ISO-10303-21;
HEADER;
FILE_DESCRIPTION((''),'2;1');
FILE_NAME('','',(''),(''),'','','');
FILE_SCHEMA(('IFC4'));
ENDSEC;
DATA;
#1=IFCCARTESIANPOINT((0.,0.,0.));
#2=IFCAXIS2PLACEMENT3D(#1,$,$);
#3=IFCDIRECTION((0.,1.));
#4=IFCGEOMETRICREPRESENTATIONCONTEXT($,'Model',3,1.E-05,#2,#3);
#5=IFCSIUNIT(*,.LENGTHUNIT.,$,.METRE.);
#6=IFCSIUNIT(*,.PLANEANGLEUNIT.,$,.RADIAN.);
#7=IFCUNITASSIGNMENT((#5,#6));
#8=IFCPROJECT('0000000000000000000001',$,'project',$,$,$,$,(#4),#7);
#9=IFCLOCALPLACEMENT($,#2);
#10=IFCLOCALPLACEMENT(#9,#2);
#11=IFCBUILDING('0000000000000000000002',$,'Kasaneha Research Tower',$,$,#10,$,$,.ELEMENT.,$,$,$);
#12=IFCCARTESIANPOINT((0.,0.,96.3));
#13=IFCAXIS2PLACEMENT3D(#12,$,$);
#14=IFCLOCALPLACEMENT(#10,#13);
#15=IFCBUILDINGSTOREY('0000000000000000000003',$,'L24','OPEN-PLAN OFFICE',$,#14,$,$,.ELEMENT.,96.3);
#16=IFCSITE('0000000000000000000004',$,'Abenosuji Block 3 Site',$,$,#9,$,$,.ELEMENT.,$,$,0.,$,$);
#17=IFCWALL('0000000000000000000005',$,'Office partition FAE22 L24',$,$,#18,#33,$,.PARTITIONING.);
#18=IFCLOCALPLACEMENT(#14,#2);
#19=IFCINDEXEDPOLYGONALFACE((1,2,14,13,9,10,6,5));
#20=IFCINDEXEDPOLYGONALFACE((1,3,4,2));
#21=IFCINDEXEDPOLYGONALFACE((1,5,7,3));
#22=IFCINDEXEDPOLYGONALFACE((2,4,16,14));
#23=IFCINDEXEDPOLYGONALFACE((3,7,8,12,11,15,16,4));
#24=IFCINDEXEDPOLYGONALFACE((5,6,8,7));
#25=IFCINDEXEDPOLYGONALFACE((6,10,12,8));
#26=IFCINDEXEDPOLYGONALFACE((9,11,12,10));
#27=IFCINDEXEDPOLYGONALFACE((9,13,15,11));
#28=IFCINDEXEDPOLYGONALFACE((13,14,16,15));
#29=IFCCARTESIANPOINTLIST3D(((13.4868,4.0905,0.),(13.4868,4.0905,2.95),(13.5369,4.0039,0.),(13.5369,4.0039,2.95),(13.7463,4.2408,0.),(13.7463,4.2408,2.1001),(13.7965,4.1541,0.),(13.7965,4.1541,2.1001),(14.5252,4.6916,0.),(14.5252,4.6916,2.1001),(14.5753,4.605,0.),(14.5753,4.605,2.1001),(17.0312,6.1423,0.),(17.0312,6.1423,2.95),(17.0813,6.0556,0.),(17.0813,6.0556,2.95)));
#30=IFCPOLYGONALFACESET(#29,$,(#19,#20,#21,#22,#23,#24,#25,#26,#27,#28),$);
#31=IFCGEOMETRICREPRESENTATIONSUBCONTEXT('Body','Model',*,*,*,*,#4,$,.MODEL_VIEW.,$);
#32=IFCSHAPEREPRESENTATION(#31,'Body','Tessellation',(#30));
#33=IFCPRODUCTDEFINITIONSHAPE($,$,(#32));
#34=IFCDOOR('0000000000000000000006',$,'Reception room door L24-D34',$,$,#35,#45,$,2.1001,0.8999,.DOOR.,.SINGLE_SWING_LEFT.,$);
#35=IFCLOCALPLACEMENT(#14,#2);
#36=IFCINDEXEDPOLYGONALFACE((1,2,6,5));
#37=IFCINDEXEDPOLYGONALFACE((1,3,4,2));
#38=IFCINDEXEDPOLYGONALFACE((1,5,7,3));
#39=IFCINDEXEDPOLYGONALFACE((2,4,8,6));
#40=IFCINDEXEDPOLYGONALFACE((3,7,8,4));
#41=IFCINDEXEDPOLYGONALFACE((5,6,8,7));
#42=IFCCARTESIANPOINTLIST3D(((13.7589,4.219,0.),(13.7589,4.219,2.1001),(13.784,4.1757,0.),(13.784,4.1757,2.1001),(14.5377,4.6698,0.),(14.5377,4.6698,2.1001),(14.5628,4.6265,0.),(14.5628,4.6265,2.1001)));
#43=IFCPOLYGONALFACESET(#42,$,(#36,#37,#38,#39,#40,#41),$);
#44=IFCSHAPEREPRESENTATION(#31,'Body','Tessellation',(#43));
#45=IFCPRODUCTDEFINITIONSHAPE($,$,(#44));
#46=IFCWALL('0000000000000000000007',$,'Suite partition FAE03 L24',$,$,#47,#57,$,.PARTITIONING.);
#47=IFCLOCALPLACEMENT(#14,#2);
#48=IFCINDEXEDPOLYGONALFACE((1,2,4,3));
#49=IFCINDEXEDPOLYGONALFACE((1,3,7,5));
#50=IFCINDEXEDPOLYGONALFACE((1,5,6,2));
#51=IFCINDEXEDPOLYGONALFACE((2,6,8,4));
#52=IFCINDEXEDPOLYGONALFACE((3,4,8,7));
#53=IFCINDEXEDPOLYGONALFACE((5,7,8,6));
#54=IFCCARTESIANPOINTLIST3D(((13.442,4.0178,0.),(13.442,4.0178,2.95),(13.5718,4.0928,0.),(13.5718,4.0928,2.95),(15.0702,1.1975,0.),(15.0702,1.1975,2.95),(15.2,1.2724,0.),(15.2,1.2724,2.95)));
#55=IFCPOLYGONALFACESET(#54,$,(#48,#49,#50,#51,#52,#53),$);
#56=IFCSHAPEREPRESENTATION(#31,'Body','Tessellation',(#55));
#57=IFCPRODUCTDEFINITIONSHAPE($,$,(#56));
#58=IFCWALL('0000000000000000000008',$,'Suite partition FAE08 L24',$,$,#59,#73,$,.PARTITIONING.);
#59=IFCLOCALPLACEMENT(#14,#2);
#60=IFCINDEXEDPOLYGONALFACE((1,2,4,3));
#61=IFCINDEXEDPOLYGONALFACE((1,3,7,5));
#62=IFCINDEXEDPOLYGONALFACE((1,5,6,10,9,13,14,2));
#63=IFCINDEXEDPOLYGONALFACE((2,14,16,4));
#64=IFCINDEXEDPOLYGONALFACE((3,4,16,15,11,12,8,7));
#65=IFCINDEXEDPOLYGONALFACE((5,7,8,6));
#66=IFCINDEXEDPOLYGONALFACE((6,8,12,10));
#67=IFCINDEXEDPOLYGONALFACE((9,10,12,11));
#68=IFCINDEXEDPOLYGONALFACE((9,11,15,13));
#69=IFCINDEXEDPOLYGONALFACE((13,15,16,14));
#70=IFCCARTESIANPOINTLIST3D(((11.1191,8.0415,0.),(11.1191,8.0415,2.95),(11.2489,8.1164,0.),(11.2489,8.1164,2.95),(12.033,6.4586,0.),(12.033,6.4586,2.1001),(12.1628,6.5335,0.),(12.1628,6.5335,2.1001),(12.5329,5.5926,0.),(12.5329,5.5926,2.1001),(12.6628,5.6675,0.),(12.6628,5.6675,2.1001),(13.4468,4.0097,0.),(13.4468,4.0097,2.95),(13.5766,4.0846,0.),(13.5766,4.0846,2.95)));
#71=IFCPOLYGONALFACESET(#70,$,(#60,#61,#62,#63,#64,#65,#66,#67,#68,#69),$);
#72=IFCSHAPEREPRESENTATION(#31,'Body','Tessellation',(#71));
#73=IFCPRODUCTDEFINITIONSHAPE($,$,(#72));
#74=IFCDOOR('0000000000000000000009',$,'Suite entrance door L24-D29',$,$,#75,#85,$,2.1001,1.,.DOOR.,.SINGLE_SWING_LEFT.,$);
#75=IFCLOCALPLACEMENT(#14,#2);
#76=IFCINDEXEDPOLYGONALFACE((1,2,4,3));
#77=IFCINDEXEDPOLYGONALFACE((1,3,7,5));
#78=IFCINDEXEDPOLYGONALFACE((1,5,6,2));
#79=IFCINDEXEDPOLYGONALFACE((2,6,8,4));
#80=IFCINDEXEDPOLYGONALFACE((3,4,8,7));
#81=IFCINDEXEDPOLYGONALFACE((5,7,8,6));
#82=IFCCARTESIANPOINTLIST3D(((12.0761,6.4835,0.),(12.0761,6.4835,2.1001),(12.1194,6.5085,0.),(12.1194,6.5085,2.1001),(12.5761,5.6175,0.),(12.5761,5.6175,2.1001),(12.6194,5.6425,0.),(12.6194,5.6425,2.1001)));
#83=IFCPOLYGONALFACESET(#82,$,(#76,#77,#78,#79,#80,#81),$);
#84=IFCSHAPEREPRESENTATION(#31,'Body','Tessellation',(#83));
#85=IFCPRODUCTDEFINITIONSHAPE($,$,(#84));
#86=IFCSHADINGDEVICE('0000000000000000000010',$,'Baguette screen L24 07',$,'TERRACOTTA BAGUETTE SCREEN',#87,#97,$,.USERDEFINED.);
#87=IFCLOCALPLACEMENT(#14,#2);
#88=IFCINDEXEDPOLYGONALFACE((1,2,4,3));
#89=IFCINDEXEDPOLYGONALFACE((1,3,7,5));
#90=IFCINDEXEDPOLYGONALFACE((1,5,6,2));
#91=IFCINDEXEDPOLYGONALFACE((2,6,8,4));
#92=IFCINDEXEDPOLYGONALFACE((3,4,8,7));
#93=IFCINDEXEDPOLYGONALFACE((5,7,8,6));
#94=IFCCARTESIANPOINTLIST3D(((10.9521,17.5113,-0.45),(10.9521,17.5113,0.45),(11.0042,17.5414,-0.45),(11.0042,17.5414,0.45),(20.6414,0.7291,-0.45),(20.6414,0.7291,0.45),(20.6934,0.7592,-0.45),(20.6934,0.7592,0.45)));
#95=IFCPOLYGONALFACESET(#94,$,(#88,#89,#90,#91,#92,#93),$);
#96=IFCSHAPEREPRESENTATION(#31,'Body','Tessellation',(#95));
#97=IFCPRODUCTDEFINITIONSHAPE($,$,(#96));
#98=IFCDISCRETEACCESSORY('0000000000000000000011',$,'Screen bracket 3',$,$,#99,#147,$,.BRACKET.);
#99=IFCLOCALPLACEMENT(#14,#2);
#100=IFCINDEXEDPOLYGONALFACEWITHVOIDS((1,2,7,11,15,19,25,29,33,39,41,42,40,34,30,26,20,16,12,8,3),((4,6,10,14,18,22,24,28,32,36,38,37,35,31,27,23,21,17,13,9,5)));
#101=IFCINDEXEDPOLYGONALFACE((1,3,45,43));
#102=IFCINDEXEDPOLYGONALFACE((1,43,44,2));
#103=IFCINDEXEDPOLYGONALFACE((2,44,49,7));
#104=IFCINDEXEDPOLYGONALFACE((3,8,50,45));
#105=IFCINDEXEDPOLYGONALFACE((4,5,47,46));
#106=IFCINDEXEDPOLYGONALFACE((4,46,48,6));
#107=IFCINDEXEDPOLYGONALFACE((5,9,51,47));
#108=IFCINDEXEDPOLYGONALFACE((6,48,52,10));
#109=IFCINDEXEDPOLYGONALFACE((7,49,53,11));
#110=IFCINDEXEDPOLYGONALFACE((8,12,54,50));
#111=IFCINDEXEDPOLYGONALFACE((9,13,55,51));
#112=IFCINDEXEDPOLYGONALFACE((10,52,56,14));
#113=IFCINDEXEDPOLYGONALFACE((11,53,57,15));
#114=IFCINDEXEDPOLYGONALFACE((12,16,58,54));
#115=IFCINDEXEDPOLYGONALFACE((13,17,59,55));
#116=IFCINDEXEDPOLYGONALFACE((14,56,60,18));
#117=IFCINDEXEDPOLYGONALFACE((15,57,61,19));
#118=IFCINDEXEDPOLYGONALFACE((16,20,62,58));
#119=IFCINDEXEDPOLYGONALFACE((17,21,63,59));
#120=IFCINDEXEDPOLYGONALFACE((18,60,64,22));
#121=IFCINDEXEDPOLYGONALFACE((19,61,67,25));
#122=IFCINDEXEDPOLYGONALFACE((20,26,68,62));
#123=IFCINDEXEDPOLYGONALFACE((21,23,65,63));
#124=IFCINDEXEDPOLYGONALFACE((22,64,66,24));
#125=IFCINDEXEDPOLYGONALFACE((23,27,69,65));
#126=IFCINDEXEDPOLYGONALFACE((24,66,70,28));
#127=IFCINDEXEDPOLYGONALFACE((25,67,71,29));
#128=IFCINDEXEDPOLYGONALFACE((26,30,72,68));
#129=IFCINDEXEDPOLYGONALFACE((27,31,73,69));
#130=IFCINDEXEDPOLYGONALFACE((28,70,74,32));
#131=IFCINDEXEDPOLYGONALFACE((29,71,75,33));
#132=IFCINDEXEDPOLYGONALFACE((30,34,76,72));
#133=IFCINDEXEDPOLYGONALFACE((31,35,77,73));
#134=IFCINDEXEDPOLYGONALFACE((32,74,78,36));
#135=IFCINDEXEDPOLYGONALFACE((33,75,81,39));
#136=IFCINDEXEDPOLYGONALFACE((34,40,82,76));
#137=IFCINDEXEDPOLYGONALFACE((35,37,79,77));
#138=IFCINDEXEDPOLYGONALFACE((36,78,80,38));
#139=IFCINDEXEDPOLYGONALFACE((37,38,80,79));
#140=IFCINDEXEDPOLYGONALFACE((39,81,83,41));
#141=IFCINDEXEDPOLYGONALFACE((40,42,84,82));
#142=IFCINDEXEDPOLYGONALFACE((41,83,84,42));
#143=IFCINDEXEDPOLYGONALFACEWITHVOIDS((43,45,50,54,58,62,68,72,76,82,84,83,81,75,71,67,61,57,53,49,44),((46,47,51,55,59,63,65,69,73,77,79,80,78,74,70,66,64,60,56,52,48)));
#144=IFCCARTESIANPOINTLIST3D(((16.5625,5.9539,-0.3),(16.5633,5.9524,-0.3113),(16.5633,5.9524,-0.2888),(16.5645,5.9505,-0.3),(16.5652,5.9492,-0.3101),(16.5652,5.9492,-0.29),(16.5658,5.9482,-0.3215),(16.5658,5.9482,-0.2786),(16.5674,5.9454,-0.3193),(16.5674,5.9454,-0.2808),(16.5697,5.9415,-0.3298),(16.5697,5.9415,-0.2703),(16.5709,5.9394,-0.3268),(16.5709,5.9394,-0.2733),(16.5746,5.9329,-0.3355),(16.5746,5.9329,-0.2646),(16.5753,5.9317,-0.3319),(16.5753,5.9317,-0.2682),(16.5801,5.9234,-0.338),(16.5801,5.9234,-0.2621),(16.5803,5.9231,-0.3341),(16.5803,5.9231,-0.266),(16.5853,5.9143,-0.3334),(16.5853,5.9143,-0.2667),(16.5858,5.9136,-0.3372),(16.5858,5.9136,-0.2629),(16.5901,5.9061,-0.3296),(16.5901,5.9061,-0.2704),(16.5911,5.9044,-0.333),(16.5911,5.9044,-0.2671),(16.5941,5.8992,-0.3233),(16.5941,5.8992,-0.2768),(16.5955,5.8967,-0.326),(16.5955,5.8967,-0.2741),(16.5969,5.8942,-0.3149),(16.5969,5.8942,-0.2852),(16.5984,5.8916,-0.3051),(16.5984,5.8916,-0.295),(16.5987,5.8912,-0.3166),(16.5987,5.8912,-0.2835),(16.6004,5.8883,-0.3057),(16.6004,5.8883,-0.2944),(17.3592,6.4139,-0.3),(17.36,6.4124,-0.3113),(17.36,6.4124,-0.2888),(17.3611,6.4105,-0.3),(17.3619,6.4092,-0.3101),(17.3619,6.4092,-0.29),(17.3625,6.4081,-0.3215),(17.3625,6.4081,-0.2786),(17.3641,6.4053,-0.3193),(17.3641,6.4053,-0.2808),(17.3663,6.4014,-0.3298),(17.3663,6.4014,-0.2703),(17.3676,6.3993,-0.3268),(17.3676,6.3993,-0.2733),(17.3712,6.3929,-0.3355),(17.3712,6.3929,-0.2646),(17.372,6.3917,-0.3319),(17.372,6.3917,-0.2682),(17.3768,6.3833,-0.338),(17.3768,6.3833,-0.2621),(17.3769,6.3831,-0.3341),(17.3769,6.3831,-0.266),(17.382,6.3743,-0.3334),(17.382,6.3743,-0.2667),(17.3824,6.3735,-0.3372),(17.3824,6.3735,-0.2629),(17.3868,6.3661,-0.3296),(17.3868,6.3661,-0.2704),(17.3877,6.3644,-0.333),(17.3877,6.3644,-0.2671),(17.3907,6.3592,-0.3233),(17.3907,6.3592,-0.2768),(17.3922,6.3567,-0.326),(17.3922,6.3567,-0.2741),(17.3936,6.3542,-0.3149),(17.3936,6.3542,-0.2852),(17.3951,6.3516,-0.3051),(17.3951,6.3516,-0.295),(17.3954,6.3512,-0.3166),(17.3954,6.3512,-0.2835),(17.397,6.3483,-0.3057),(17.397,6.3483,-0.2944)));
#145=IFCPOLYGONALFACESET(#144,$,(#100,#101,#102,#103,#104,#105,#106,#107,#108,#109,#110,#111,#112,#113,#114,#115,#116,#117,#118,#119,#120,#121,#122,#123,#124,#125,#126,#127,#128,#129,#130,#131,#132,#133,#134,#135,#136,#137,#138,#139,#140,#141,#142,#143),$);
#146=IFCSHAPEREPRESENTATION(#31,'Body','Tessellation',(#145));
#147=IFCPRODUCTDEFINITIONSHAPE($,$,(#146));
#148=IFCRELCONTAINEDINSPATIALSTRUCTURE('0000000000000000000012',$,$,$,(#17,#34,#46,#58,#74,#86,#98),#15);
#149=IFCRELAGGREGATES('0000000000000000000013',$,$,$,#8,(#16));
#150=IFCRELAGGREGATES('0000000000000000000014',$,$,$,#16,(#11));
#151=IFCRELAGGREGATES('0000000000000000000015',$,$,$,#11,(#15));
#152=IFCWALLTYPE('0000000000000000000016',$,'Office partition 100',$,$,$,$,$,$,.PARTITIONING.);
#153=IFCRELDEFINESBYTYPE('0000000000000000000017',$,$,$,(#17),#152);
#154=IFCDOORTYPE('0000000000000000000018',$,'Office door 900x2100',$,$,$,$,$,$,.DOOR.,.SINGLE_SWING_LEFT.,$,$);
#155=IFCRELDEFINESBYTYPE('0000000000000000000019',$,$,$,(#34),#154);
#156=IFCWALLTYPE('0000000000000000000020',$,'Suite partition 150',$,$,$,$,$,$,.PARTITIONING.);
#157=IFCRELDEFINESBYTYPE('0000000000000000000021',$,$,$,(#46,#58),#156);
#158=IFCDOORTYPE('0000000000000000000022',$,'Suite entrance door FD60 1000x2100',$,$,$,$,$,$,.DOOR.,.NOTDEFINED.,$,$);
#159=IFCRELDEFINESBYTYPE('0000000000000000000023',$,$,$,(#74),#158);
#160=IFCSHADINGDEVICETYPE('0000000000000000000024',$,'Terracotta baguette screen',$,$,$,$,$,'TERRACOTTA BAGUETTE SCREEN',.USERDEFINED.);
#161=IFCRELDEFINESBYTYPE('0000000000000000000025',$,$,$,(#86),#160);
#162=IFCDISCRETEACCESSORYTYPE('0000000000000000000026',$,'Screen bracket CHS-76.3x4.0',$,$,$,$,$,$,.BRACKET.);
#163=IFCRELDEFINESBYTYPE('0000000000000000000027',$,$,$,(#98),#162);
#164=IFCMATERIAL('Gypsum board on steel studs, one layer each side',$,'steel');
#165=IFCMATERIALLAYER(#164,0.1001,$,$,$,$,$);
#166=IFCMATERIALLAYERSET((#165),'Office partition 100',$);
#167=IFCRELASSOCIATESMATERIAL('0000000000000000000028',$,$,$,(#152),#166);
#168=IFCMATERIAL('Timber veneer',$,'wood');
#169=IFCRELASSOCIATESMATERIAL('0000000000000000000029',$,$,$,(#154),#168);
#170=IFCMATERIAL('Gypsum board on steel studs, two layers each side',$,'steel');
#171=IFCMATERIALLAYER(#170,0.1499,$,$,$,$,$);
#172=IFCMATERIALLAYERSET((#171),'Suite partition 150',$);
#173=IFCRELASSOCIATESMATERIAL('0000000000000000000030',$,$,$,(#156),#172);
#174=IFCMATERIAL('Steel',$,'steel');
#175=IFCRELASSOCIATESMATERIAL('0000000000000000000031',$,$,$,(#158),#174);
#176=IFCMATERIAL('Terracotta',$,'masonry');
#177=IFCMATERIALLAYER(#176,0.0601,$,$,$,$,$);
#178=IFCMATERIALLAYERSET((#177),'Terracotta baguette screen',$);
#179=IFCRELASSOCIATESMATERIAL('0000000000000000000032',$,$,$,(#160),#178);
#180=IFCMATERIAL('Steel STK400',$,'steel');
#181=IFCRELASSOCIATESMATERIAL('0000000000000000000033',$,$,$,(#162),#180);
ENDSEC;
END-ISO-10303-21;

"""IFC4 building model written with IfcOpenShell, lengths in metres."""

from ifc_helpers import new_model, si_unit, direction, frame, frame_2d, origin, origin_2d, place, context, subcontext, project, spatial, rectangle, hollow_circle, extrude, material, layer, layer_set, material_profile, profile_set, type_object, element, fill, save


model = new_model("IFC4")

# Units and contexts
model_context = context("Model", 3, precision=1e-05, world=origin(), true_north=direction((0.0, 1.0)))
body_context = subcontext(model_context, "Body", "Model", "MODEL_VIEW")
ifc_project = project(units=[si_unit("LENGTHUNIT", "METRE"), si_unit("PLANEANGLEUNIT", "RADIAN")], contexts=[model_context])

# Site, building, storey
site_placement = place(None, origin())
site = spatial("IfcSite", under=ifc_project, at=site_placement, Name="Abenosuji Block 3 Site", CompositionType="ELEMENT", RefElevation=0.0)
building_placement = place(site_placement, origin())
building = spatial("IfcBuilding", under=site, at=building_placement, Name="Kasaneha Research Tower", CompositionType="ELEMENT")
storey_placement = place(building_placement, frame((0.0, 0.0, 96.3)))
storey = spatial("IfcBuildingStorey", under=building, at=storey_placement, Name="L24", Description="OPEN-PLAN OFFICE", CompositionType="ELEMENT", Elevation=96.3)

# Shared definitions
ifc_material_1 = material(Name="Gypsum board on steel studs, one layer each side", Category="steel")
ifc_layer_1 = layer(ifc_material_1, 0.1001)
ifc_layer_set_1 = layer_set([ifc_layer_1], Name="Office partition 100")
wall_type_1 = type_object("IfcWallType", Name="Office partition 100", PredefinedType="PARTITIONING", material=ifc_layer_set_1)

# Wall, opening, door
wall_1_placement = place(storey_placement, frame((13.5117, 4.0471, 0.0), z_axis=(0.0, 0.0, 1.0), x_axis=(0.865456, 0.500985, 0.0)))
wall_1 = element("IfcWall", 1, at=wall_1_placement, inside=storey, type_object=wall_type_1, Name="Office partition FAE22 L24", PredefinedType="PARTITIONING", context=body_context, shape_type="SweptSolid", body=[
    extrude(rectangle(XDim=4.0955, YDim=0.1001, at=frame_2d((2.0479, 0.0))), origin(), (0.0, 0.0, 1.0), 2.95),
])
opening_1_placement = place(wall_1_placement, frame((0.3, 0.0, 0.0)))
opening_1 = element("IfcOpeningElement", 2, at=opening_1_placement, cuts=wall_1, PredefinedType="OPENING", context=body_context, shape_type="SweptSolid", body=[
    extrude(rectangle(XDim=0.8999, YDim=2.1001, at=frame_2d((0.45, 1.05))), frame((0.0, 0.0601, 0.0), z_axis=(0.0, -1.0, 0.0), x_axis=(1.0, 0.0, 0.0)), (0.0, 0.0, 1.0), 0.1201),
])
ifc_material_2 = material(Name="Timber veneer", Category="wood")
door_type_1 = type_object("IfcDoorType", Name="Office door 900x2100", OperationType="SINGLE_SWING_LEFT", PredefinedType="DOOR", material=ifc_material_2)
door_1_placement = place(opening_1_placement, origin())
door_1 = element("IfcDoor", 3, at=door_1_placement, inside=storey, type_object=door_type_1, Name="Reception room door L24-D34", OperationType="SINGLE_SWING_LEFT", OverallHeight=2.1001, OverallWidth=0.8999, PredefinedType="DOOR", context=body_context, shape_type="SweptSolid", body=[
    extrude(rectangle(XDim=0.8999, YDim=2.1001, at=frame_2d((0.45, 1.05))), frame((0.0, 0.0249, 0.0), z_axis=(0.0, -1.0, 0.0), x_axis=(1.0, 0.0, 0.0)), (0.0, 0.0, 1.0), 0.05),
])
fill(opening_1, door_1)

# Wall
ifc_material_3 = material(Name="Gypsum board on steel studs, two layers each side", Category="steel")
ifc_layer_2 = layer(ifc_material_3, 0.1499)
ifc_layer_set_2 = layer_set([ifc_layer_2], Name="Suite partition 150")
wall_type_2 = type_object("IfcWallType", Name="Suite partition 150", PredefinedType="PARTITIONING", material=ifc_layer_set_2)
wall_2_placement = place(storey_placement, frame((13.5068, 4.0554, 0.0), z_axis=(0.0, 0.0, 1.0), x_axis=(0.499969, -0.866043, 0.0)))
element("IfcWall", 4, at=wall_2_placement, inside=storey, type_object=wall_type_2, Name="Suite partition FAE03 L24", PredefinedType="PARTITIONING", context=body_context, shape_type="SweptSolid", body=[
    extrude(rectangle(XDim=3.2566, YDim=0.1499, at=frame_2d((1.6284, 0.0))), origin(), (0.0, 0.0, 1.0), 2.95),
])

# Wall, opening, door
wall_3_placement = place(storey_placement, frame((11.1841, 8.0789, 0.0), z_axis=(0.0, 0.0, 1.0), x_axis=(0.499986, -0.866034, 0.0)))
wall_3 = element("IfcWall", 5, at=wall_3_placement, inside=storey, type_object=wall_type_2, Name="Suite partition FAE08 L24", PredefinedType="PARTITIONING", context=body_context, shape_type="SweptSolid", body=[
    extrude(rectangle(XDim=4.6555, YDim=0.1499, at=frame_2d((2.3276, 0.0))), origin(), (0.0, 0.0, 1.0), 2.95),
])
opening_2_placement = place(wall_3_placement, frame((1.8276, 0.0, 0.0)))
opening_2 = element("IfcOpeningElement", 6, at=opening_2_placement, cuts=wall_3, PredefinedType="OPENING", context=body_context, shape_type="SweptSolid", body=[
    extrude(rectangle(XDim=1.0, YDim=2.1001, at=frame_2d((0.5, 1.05))), frame((0.0, 0.085, 0.0), z_axis=(0.0, -1.0, 0.0), x_axis=(1.0, 0.0, 0.0)), (0.0, 0.0, 1.0), 0.1699),
])
ifc_material_4 = material(Name="Steel", Category="steel")
door_type_2 = type_object("IfcDoorType", Name="Suite entrance door FD60 1000x2100", OperationType="NOTDEFINED", PredefinedType="DOOR", material=ifc_material_4)
door_2_placement = place(opening_2_placement, origin())
door_2 = element("IfcDoor", 7, at=door_2_placement, inside=storey, type_object=door_type_2, Name="Suite entrance door L24-D29", OperationType="SINGLE_SWING_LEFT", OverallHeight=2.1001, OverallWidth=1.0, PredefinedType="DOOR", context=body_context, shape_type="SweptSolid", body=[
    extrude(rectangle(XDim=1.0, YDim=2.1001, at=frame_2d((0.5, 1.05))), frame((0.0, 0.0249, 0.0), z_axis=(0.0, -1.0, 0.0), x_axis=(1.0, 0.0, 0.0)), (0.0, 0.0, 1.0), 0.05),
])
fill(opening_2, door_2)

# Shading device
ifc_material_5 = material(Name="Terracotta", Category="masonry")
ifc_layer_3 = layer(ifc_material_5, 0.0601)
ifc_layer_set_3 = layer_set([ifc_layer_3], Name="Terracotta baguette screen")
shading_device_type = type_object("IfcShadingDeviceType", Name="Terracotta baguette screen", ElementType="TERRACOTTA BAGUETTE SCREEN", PredefinedType="USERDEFINED", material=ifc_layer_set_3)
shading_device_placement = place(storey_placement, frame((15.8228, 9.1353, -0.45), z_axis=(0.0, 0.0, 1.0), x_axis=(-0.5, 0.866025, 0.0)))
element("IfcShadingDevice", 8, at=shading_device_placement, inside=storey, type_object=shading_device_type, Name="Baguette screen L24 07", ObjectType="TERRACOTTA BAGUETTE SCREEN", PredefinedType="USERDEFINED", context=body_context, shape_type="SweptSolid", body=[
    extrude(rectangle(XDim=19.3784, YDim=0.0601, at=origin_2d()), origin(), (0.0, 0.0, 1.0), 0.8999),
])

# Discrete accessory
ifc_material_6 = material(Name="Steel STK400", Category="steel")
ifc_material_profile_1 = material_profile(ifc_material_6, hollow_circle(Radius=0.0381, WallThickness=0.0039, at=origin_2d()), Name="CHS-76.3x4.0")
ifc_profile_set_1 = profile_set([ifc_material_profile_1], Name="Steel STK400")
discrete_accessory_type = type_object("IfcDiscreteAccessoryType", Name="Screen bracket CHS-76.3x4.0", PredefinedType="BRACKET", material=ifc_profile_set_1)
for number, where, z_axis, x_axis, name in (
    (9, (16.5815, 5.9209, -0.3), (0.866013, 0.500021, 0.0), (-0.500021, 0.866013, 0.0), "Screen bracket 3"),
):
    element("IfcDiscreteAccessory", number, at=place(storey_placement, frame(where, z_axis=z_axis, x_axis=x_axis)), inside=storey, type_object=discrete_accessory_type, Name=name, PredefinedType="BRACKET", context=body_context, shape_type="SweptSolid", body=[
        extrude(hollow_circle(Radius=0.0381, WallThickness=0.0039, at=origin_2d()), origin(), (0.0, 0.0, 1.0), 0.9199),
    ])

save(model, "model.ifc")
